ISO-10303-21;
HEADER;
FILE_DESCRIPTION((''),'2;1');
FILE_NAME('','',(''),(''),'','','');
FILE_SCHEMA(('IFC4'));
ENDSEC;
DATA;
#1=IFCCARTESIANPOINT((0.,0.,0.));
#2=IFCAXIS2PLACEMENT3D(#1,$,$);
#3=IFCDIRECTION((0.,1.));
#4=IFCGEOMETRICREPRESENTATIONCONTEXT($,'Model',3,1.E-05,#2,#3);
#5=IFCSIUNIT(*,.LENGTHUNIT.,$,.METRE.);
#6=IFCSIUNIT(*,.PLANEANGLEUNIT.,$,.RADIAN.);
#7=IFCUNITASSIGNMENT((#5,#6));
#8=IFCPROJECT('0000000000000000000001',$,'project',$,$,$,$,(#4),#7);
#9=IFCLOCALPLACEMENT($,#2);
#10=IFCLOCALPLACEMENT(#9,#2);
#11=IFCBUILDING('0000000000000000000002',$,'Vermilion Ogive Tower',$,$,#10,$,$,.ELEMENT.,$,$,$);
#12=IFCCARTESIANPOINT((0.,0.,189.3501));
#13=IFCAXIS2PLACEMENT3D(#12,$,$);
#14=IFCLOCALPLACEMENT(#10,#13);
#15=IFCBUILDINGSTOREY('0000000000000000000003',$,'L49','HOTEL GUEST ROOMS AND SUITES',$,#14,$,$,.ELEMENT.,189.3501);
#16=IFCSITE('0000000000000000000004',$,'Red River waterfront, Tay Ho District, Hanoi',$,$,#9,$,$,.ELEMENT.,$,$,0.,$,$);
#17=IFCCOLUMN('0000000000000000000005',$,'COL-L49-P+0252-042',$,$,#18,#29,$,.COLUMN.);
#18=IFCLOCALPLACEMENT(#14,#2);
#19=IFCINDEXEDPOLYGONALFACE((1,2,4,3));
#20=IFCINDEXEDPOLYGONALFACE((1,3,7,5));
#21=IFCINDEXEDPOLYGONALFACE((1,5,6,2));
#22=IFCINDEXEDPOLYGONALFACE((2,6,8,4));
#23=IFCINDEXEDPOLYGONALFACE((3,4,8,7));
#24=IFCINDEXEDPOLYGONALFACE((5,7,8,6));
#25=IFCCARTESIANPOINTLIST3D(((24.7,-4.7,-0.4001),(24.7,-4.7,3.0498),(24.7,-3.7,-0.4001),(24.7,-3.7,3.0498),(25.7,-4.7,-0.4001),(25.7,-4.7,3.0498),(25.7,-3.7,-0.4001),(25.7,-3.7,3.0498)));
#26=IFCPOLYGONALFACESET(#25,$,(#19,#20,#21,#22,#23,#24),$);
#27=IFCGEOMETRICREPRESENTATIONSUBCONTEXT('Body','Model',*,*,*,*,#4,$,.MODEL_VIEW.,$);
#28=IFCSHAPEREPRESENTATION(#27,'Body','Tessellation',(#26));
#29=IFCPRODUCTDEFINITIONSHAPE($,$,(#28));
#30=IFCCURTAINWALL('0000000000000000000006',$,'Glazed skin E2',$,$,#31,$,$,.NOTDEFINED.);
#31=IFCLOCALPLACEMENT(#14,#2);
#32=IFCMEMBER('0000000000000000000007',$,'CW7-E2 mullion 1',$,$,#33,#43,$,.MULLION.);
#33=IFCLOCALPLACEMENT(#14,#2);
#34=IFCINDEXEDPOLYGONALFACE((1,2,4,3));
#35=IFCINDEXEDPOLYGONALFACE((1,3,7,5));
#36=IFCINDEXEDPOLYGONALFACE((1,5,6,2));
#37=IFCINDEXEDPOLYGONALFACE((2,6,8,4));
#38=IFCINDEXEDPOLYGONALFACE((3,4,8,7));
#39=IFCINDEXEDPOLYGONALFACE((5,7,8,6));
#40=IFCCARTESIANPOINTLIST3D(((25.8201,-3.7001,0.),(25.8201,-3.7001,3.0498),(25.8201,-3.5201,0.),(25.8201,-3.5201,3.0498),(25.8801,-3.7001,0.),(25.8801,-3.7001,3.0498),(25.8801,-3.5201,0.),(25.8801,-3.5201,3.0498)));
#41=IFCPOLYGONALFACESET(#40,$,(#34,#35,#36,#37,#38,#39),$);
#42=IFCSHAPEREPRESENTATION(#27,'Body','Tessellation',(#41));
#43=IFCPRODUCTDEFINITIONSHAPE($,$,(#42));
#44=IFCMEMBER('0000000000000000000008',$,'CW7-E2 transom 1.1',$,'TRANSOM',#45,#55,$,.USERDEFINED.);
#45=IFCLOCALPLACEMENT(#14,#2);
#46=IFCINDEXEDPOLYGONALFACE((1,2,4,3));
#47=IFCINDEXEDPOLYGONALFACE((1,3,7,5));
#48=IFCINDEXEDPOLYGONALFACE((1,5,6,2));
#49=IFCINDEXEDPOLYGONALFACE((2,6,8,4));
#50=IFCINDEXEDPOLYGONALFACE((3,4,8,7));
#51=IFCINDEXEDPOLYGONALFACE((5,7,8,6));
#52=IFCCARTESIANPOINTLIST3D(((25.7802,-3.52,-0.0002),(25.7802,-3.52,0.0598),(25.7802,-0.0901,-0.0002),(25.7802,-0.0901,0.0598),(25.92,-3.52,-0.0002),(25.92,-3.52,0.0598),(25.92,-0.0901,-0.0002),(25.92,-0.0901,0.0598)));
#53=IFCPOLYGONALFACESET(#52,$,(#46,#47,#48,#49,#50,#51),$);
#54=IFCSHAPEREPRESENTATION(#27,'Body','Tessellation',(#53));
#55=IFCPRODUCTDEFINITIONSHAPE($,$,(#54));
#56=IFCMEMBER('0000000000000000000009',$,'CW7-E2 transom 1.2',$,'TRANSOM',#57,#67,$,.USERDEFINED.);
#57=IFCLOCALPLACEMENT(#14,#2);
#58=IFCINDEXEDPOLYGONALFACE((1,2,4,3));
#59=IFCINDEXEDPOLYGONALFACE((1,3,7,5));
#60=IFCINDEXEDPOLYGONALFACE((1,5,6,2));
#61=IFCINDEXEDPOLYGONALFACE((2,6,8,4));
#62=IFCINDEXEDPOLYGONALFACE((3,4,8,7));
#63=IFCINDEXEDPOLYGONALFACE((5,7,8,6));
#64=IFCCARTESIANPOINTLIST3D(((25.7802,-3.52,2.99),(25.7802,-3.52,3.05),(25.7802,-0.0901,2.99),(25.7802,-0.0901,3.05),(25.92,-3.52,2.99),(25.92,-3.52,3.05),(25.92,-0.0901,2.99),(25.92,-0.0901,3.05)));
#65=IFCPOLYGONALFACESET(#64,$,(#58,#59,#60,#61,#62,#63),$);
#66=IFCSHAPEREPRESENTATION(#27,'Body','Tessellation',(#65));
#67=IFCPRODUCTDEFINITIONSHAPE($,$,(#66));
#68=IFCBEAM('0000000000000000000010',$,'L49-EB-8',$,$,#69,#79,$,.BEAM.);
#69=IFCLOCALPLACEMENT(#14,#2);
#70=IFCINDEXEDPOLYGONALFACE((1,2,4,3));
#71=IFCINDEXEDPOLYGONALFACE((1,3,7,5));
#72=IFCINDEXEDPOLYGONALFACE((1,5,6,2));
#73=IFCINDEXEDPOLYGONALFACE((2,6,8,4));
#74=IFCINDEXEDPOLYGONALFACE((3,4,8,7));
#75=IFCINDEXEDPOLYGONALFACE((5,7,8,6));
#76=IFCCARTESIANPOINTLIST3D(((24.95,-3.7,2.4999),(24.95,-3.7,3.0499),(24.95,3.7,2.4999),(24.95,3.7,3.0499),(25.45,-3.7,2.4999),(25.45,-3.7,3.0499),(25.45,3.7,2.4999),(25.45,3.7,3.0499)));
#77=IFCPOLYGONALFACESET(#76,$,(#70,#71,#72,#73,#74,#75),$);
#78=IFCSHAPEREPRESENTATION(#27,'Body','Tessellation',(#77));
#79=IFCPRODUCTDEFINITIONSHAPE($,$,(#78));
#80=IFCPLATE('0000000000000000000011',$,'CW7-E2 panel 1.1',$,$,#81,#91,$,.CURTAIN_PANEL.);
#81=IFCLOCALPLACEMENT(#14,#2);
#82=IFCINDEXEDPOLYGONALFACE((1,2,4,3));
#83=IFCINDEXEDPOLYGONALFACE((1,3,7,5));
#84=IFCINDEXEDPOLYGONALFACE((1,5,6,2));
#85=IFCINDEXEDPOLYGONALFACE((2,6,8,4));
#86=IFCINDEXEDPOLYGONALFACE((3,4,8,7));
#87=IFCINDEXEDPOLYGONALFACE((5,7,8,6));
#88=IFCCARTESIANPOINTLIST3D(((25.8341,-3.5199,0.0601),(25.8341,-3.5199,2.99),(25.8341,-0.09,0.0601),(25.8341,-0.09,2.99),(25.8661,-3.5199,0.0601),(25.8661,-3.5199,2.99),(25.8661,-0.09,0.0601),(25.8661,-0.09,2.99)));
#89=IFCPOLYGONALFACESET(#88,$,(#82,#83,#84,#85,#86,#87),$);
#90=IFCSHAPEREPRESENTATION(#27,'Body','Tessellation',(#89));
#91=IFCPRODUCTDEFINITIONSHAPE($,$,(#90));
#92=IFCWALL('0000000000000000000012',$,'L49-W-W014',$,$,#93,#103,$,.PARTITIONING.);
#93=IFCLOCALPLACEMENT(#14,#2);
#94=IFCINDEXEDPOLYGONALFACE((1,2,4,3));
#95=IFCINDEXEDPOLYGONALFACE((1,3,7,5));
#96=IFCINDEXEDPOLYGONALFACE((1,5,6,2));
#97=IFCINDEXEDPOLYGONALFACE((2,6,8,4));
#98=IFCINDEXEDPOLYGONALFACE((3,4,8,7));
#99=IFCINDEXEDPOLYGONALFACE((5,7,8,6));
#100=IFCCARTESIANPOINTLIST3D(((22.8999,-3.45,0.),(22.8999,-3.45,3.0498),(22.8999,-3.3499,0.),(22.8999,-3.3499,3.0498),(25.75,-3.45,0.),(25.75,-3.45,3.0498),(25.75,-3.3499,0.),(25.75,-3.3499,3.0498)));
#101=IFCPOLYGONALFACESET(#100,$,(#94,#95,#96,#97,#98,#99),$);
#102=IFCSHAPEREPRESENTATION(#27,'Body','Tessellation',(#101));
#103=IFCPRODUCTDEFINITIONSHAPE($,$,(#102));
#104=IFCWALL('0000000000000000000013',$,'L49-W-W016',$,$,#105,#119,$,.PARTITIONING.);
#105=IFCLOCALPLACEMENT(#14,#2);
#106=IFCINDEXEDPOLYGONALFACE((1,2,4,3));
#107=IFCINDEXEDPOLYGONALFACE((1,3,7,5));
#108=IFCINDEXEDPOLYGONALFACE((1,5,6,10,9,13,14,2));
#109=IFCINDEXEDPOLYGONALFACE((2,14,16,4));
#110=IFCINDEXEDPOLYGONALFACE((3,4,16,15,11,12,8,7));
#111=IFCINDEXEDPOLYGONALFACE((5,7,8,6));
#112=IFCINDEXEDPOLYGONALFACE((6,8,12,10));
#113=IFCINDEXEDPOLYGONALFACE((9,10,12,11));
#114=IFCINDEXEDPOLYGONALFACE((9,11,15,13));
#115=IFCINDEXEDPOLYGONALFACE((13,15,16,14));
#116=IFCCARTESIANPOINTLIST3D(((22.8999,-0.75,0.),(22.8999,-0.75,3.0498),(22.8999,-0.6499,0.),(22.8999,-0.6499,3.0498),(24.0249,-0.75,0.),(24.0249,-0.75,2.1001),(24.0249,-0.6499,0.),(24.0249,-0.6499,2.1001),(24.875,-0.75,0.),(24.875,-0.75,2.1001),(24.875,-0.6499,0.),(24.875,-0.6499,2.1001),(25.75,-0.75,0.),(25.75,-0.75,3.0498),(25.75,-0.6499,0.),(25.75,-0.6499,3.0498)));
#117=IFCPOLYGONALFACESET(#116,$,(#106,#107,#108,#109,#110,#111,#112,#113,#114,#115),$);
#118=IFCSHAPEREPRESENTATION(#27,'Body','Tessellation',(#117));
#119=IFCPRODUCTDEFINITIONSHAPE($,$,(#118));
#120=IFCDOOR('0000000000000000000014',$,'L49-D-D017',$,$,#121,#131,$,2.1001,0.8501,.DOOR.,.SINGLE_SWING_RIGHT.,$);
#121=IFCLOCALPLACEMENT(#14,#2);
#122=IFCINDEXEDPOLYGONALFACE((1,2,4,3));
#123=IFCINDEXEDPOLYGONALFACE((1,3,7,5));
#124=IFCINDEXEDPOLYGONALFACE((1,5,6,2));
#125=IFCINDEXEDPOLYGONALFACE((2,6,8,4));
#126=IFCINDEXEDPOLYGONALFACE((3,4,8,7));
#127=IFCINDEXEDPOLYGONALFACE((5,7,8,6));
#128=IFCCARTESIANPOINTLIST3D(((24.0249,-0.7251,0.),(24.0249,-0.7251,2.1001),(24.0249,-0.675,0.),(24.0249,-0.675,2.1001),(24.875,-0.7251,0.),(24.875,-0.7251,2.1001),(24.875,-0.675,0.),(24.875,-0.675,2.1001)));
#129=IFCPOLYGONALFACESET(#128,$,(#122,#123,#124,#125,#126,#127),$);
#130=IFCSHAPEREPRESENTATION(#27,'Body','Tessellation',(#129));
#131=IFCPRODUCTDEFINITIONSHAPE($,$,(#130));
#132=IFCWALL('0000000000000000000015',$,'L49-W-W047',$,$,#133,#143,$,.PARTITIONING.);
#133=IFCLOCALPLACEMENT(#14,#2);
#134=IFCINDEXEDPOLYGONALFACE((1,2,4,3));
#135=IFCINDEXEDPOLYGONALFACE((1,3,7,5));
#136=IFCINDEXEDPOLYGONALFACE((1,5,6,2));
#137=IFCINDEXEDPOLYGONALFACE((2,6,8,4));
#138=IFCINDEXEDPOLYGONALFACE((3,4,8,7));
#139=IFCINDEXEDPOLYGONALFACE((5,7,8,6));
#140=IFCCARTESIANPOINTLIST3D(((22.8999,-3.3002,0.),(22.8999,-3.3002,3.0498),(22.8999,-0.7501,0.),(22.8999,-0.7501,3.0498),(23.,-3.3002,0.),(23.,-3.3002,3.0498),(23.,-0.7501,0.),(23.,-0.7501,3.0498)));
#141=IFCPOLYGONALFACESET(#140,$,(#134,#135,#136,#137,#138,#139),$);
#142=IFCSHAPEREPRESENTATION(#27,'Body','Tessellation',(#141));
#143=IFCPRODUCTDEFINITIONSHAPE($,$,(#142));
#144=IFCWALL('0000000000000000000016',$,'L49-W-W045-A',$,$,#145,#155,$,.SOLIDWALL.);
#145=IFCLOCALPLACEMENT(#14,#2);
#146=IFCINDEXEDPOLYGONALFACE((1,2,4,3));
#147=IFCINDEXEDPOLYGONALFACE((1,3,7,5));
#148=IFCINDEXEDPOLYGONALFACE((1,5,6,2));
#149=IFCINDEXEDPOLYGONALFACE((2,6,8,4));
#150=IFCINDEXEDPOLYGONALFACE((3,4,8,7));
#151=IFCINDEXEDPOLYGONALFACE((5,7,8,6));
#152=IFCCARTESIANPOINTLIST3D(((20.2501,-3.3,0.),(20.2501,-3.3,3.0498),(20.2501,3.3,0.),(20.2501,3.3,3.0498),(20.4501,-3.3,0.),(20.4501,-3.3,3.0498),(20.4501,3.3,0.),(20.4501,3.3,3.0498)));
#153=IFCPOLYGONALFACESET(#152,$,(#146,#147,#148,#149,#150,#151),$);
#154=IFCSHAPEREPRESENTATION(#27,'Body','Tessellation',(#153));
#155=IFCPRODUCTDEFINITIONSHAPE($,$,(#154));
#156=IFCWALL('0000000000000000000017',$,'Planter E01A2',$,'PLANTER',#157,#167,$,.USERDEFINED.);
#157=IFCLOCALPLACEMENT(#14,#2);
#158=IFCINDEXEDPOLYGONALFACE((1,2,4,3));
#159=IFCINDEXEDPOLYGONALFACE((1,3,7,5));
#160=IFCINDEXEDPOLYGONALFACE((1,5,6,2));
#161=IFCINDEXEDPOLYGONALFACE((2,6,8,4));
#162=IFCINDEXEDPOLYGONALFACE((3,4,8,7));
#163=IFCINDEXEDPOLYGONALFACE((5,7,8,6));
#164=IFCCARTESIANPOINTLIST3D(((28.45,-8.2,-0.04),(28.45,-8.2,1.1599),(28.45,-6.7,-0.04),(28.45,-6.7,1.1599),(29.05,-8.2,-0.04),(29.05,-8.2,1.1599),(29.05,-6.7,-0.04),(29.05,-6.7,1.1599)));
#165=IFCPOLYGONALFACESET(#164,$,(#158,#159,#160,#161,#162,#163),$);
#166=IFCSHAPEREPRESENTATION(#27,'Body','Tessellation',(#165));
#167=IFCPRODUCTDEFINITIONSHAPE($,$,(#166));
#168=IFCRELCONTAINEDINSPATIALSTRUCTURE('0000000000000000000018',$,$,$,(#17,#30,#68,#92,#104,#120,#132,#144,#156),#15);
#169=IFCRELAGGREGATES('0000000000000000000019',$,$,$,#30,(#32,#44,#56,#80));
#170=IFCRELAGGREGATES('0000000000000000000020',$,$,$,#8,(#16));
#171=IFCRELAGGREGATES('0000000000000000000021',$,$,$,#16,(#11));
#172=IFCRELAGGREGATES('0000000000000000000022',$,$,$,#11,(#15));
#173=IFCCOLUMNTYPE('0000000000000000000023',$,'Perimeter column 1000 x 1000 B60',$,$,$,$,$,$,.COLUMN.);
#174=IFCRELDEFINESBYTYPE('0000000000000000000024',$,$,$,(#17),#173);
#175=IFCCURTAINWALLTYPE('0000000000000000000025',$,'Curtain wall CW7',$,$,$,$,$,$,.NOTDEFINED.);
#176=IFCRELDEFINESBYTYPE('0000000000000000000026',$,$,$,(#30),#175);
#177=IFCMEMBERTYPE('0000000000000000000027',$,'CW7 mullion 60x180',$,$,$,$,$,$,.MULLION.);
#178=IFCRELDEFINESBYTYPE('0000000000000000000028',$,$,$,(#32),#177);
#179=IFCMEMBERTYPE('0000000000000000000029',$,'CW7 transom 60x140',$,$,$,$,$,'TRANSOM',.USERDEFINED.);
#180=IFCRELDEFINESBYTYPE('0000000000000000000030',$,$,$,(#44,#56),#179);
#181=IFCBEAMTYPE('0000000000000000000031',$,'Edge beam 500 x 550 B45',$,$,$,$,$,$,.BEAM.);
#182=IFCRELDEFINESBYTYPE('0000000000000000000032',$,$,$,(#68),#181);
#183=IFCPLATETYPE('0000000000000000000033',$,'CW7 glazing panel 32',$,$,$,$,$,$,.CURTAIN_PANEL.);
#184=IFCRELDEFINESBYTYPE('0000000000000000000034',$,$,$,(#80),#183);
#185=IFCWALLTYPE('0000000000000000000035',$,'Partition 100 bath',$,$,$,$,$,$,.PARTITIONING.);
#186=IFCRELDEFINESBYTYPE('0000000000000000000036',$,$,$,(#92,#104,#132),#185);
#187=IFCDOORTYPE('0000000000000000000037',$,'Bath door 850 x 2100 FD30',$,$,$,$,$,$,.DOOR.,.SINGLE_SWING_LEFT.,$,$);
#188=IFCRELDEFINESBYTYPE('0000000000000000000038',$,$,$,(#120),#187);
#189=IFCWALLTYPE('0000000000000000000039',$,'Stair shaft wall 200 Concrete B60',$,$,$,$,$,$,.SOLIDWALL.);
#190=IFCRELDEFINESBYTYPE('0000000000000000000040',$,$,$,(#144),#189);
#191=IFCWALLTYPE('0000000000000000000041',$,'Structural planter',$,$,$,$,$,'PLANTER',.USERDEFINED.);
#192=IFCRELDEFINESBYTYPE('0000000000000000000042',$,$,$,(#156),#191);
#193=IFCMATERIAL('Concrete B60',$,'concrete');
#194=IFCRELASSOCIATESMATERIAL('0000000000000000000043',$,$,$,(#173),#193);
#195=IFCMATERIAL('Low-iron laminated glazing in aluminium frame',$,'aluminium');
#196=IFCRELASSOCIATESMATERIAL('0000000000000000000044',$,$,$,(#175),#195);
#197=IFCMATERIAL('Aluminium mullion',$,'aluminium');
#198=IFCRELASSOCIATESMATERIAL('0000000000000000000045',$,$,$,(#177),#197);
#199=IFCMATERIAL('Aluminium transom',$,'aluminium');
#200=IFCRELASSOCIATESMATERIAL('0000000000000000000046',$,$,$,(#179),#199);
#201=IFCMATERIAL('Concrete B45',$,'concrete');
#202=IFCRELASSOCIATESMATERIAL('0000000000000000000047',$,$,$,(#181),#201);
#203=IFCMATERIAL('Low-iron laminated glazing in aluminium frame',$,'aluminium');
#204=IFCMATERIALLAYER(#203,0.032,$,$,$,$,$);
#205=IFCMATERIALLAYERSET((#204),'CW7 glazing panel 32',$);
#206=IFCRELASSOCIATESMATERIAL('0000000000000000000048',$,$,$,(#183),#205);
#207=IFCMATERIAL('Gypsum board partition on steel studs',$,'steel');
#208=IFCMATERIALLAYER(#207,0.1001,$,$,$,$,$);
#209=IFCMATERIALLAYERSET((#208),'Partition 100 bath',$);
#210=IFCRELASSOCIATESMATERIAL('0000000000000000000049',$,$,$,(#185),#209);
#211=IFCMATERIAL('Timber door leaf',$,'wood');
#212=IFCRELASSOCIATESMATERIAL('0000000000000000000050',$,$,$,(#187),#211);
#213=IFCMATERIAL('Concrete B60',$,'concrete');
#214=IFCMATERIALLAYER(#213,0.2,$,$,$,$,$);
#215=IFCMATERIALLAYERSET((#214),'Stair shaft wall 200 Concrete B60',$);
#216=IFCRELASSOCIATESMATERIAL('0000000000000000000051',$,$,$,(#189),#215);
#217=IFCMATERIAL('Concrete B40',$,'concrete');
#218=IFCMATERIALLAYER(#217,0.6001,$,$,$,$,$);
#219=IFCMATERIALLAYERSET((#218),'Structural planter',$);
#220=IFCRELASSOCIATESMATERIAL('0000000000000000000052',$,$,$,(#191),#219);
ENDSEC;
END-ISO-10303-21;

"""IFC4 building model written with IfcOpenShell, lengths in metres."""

from ifc_helpers import new_model, si_unit, direction, frame, frame_2d, origin, origin_2d, place, context, subcontext, project, spatial, rectangle, extrude, material, layer, layer_set, material_profile, profile_set, type_object, element, fill, aggregate, save


model = new_model("IFC4")

# Units and contexts
model_context = context("Model", 3, precision=1e-05, world=origin(), true_north=direction((0.0, 1.0)))
body_context = subcontext(model_context, "Body", "Model", "MODEL_VIEW")
ifc_project = project(units=[si_unit("LENGTHUNIT", "METRE"), si_unit("PLANEANGLEUNIT", "RADIAN")], contexts=[model_context])

# Site, building, storey
site_placement = place(None, origin())
site = spatial("IfcSite", under=ifc_project, at=site_placement, Name="Red River waterfront, Tay Ho District, Hanoi", CompositionType="ELEMENT", RefElevation=0.0)
building_placement = place(site_placement, origin())
building = spatial("IfcBuilding", under=site, at=building_placement, Name="Vermilion Ogive Tower", CompositionType="ELEMENT")
storey_placement = place(building_placement, frame((0.0, 0.0, 189.3501)))
storey = spatial("IfcBuildingStorey", under=building, at=storey_placement, Name="L49", Description="HOTEL GUEST ROOMS AND SUITES", CompositionType="ELEMENT", Elevation=189.3501)

# Column
ifc_material_1 = material(Name="Concrete B60", Category="concrete")
ifc_material_profile_1 = material_profile(ifc_material_1, rectangle(XDim=1.0, YDim=1.0, at=origin_2d()), Name="1000 x 1000")
ifc_profile_set_1 = profile_set([ifc_material_profile_1], Name="Concrete B60")
column_type = type_object("IfcColumnType", Name="Perimeter column 1000 x 1000 B60", PredefinedType="COLUMN", material=ifc_profile_set_1)
column_placement = place(storey_placement, frame((25.2, -4.2, -0.4001), z_axis=(0.0, 0.0, 1.0), x_axis=(1.0, 0.0, 0.0)))
element("IfcColumn", 1, at=column_placement, inside=storey, type_object=column_type, Name="COL-L49-P+0252-042", PredefinedType="COLUMN", context=body_context, shape_type="SweptSolid", body=[
    extrude(rectangle(XDim=1.0, YDim=1.0, at=origin_2d()), origin(), (0.0, 0.0, 1.0), 3.45),
])

# Curtain wall, members
ifc_material_2 = material(Name="Low-iron laminated glazing in aluminium frame", Category="aluminium")
curtain_wall_type = type_object("IfcCurtainWallType", Name="Curtain wall CW7", PredefinedType="NOTDEFINED", material=ifc_material_2)
curtain_wall_placement = place(storey_placement, origin())
curtain_wall = element("IfcCurtainWall", 2, at=curtain_wall_placement, inside=storey, type_object=curtain_wall_type, Name="Glazed skin E2", PredefinedType="NOTDEFINED")
ifc_material_3 = material(Name="Aluminium mullion", Category="aluminium")
ifc_material_profile_2 = material_profile(ifc_material_3, rectangle(XDim=0.0601, YDim=0.1799, at=origin_2d()), Name="AL 60x180")
ifc_profile_set_2 = profile_set([ifc_material_profile_2], Name="Aluminium mullion")
member_type_1 = type_object("IfcMemberType", Name="CW7 mullion 60x180", PredefinedType="MULLION", material=ifc_profile_set_2)
member_1_placement = place(storey_placement, frame((25.8501, -3.6101, 0.0), z_axis=(0.0, 0.0, 1.0), x_axis=(-1.0, 0.0, 0.0)))
member_1 = element("IfcMember", 3, at=member_1_placement, type_object=member_type_1, Name="CW7-E2 mullion 1", PredefinedType="MULLION", context=body_context, shape_type="SweptSolid", body=[
    extrude(rectangle(XDim=0.0601, YDim=0.1799, at=origin_2d()), origin(), (0.0, 0.0, 1.0), 3.0498),
])
ifc_material_4 = material(Name="Aluminium transom", Category="aluminium")
ifc_material_profile_3 = material_profile(ifc_material_4, rectangle(XDim=0.1399, YDim=0.0601, at=origin_2d()), Name="AL 60x140")
ifc_profile_set_3 = profile_set([ifc_material_profile_3], Name="Aluminium transom")
member_type_2 = type_object("IfcMemberType", Name="CW7 transom 60x140", ElementType="TRANSOM", PredefinedType="USERDEFINED", material=ifc_profile_set_3)
member_2_placement = place(storey_placement, frame((25.8501, -3.52, 0.0298), z_axis=(0.0, 1.0, 0.0), x_axis=(-1.0, 0.0, 0.0)))
member_2 = element("IfcMember", 4, at=member_2_placement, type_object=member_type_2, Name="CW7-E2 transom 1.1", ObjectType="TRANSOM", PredefinedType="USERDEFINED", context=body_context, shape_type="SweptSolid", body=[
    extrude(rectangle(XDim=0.1399, YDim=0.0601, at=origin_2d()), origin(), (0.0, 0.0, 1.0), 3.4299),
])
member_3_placement = place(storey_placement, frame((25.8501, -3.52, 3.02), z_axis=(0.0, 1.0, 0.0), x_axis=(-1.0, 0.0, 0.0)))
member_3 = element("IfcMember", 5, at=member_3_placement, type_object=member_type_2, Name="CW7-E2 transom 1.2", ObjectType="TRANSOM", PredefinedType="USERDEFINED", context=body_context, shape_type="SweptSolid", body=[
    extrude(rectangle(XDim=0.1399, YDim=0.0601, at=origin_2d()), origin(), (0.0, 0.0, 1.0), 3.4299),
])

# Beam
ifc_material_5 = material(Name="Concrete B45", Category="concrete")
ifc_material_profile_4 = material_profile(ifc_material_5, rectangle(XDim=0.5, YDim=0.55, at=origin_2d()), Name="500 x 550")
ifc_profile_set_4 = profile_set([ifc_material_profile_4], Name="Concrete B45")
beam_type = type_object("IfcBeamType", Name="Edge beam 500 x 550 B45", PredefinedType="BEAM", material=ifc_profile_set_4)
beam_placement = place(storey_placement, frame((25.2, -3.7, 2.7749), z_axis=(0.0, 1.0, 0.0), x_axis=(-1.0, 0.0, 0.0)))
element("IfcBeam", 6, at=beam_placement, inside=storey, type_object=beam_type, Name="L49-EB-8", PredefinedType="BEAM", context=body_context, shape_type="SweptSolid", body=[
    extrude(rectangle(XDim=0.5, YDim=0.55, at=origin_2d()), origin(), (0.0, 0.0, 1.0), 7.3999),
])

# Plate
ifc_material_6 = material(Name="Low-iron laminated glazing in aluminium frame", Category="aluminium")
ifc_layer_1 = layer(ifc_material_6, 0.032)
ifc_layer_set_1 = layer_set([ifc_layer_1], Name="CW7 glazing panel 32")
plate_type = type_object("IfcPlateType", Name="CW7 glazing panel 32", PredefinedType="CURTAIN_PANEL", material=ifc_layer_set_1)
plate_placement = place(storey_placement, frame((25.8501, -1.8049, 0.0601), z_axis=(0.0, 0.0, 1.0), x_axis=(0.0, 1.0, 0.0)))
plate = element("IfcPlate", 7, at=plate_placement, type_object=plate_type, Name="CW7-E2 panel 1.1", PredefinedType="CURTAIN_PANEL", context=body_context, shape_type="SweptSolid", body=[
    extrude(rectangle(XDim=3.4299, YDim=0.032, at=origin_2d()), origin(), (0.0, 0.0, 1.0), 2.9299),
])
aggregate(curtain_wall, [member_1, member_2, member_3, plate])

# Wall
ifc_material_7 = material(Name="Gypsum board partition on steel studs", Category="steel")
ifc_layer_2 = layer(ifc_material_7, 0.1001)
ifc_layer_set_2 = layer_set([ifc_layer_2], Name="Partition 100 bath")
wall_type_1 = type_object("IfcWallType", Name="Partition 100 bath", PredefinedType="PARTITIONING", material=ifc_layer_set_2)
wall_1_placement = place(storey_placement, frame((22.8999, -3.3999, 0.0), z_axis=(0.0, 0.0, 1.0), x_axis=(1.0, 0.0, 0.0)))
element("IfcWall", 8, at=wall_1_placement, inside=storey, type_object=wall_type_1, Name="L49-W-W014", PredefinedType="PARTITIONING", context=body_context, shape_type="SweptSolid", body=[
    extrude(rectangle(XDim=2.8501, YDim=0.1001, at=frame_2d((1.425, 0.0))), origin(), (0.0, 0.0, 1.0), 3.0498),
])

# Wall, opening, door
wall_2_placement = place(storey_placement, frame((22.8999, -0.7, 0.0), z_axis=(0.0, 0.0, 1.0), x_axis=(1.0, 0.0, 0.0)))
wall_2 = element("IfcWall", 9, at=wall_2_placement, inside=storey, type_object=wall_type_1, Name="L49-W-W016", PredefinedType="PARTITIONING", context=body_context, shape_type="SweptSolid", body=[
    extrude(rectangle(XDim=2.8501, YDim=0.1001, at=frame_2d((1.425, 0.0))), origin(), (0.0, 0.0, 1.0), 3.0498),
])
opening_placement = place(wall_2_placement, frame((1.125, 0.0, 0.0)))
opening = element("IfcOpeningElement", 10, at=opening_placement, cuts=wall_2, PredefinedType="OPENING", context=body_context, shape_type="SweptSolid", body=[
    extrude(rectangle(XDim=0.8501, YDim=2.1001, at=frame_2d((0.425, 1.05))), frame((0.0, 0.0601, 0.0), z_axis=(0.0, -1.0, 0.0), x_axis=(1.0, 0.0, 0.0)), (0.0, 0.0, 1.0), 0.1201),
])
ifc_material_8 = material(Name="Timber door leaf", Category="wood")
door_type = type_object("IfcDoorType", Name="Bath door 850 x 2100 FD30", OperationType="SINGLE_SWING_LEFT", PredefinedType="DOOR", material=ifc_material_8)
door_placement = place(opening_placement, origin())
door = element("IfcDoor", 11, at=door_placement, inside=storey, type_object=door_type, Name="L49-D-D017", OperationType="SINGLE_SWING_RIGHT", OverallHeight=2.1001, OverallWidth=0.8501, PredefinedType="DOOR", context=body_context, shape_type="SweptSolid", body=[
    extrude(rectangle(XDim=0.8501, YDim=2.1001, at=frame_2d((0.425, 1.05))), frame((0.0, 0.0249, 0.0), z_axis=(0.0, -1.0, 0.0), x_axis=(1.0, 0.0, 0.0)), (0.0, 0.0, 1.0), 0.05),
])
fill(opening, door)

# Walls
wall_3_placement = place(storey_placement, frame((22.95, -3.3, 0.0), z_axis=(0.0, 0.0, 1.0), x_axis=(0.0, 1.0, 0.0)))
element("IfcWall", 12, at=wall_3_placement, inside=storey, type_object=wall_type_1, Name="L49-W-W047", PredefinedType="PARTITIONING", context=body_context, shape_type="SweptSolid", body=[
    extrude(rectangle(XDim=2.55, YDim=0.1001, at=frame_2d((1.2749, 0.0))), origin(), (0.0, 0.0, 1.0), 3.0498),
])
ifc_material_9 = material(Name="Concrete B60", Category="concrete")
ifc_layer_3 = layer(ifc_material_9, 0.2)
ifc_layer_set_3 = layer_set([ifc_layer_3], Name="Stair shaft wall 200 Concrete B60")
wall_type_2 = type_object("IfcWallType", Name="Stair shaft wall 200 Concrete B60", PredefinedType="SOLIDWALL", material=ifc_layer_set_3)
wall_4_placement = place(storey_placement, frame((20.3501, -3.3, 0.0), z_axis=(0.0, 0.0, 1.0), x_axis=(0.0, 1.0, 0.0)))
element("IfcWall", 13, at=wall_4_placement, inside=storey, type_object=wall_type_2, Name="L49-W-W045-A", PredefinedType="SOLIDWALL", context=body_context, shape_type="SweptSolid", body=[
    extrude(rectangle(XDim=6.6001, YDim=0.2, at=frame_2d((3.3, 0.0))), origin(), (0.0, 0.0, 1.0), 3.0498),
])
ifc_material_10 = material(Name="Concrete B40", Category="concrete")
ifc_layer_4 = layer(ifc_material_10, 0.6001)
ifc_layer_set_4 = layer_set([ifc_layer_4], Name="Structural planter")
wall_type_3 = type_object("IfcWallType", Name="Structural planter", ElementType="PLANTER", PredefinedType="USERDEFINED", material=ifc_layer_set_4)
wall_5_placement = place(storey_placement, frame((28.75, -8.2, -0.04), z_axis=(0.0, 0.0, 1.0), x_axis=(0.0, 1.0, 0.0)))
element("IfcWall", 14, at=wall_5_placement, inside=storey, type_object=wall_type_3, Name="Planter E01A2", ObjectType="PLANTER", PredefinedType="USERDEFINED", context=body_context, shape_type="SweptSolid", body=[
    extrude(rectangle(XDim=1.5, YDim=0.6001, at=frame_2d((0.75, 0.0))), origin(), (0.0, 0.0, 1.0), 1.2),
])

save(model, "model.ifc")
